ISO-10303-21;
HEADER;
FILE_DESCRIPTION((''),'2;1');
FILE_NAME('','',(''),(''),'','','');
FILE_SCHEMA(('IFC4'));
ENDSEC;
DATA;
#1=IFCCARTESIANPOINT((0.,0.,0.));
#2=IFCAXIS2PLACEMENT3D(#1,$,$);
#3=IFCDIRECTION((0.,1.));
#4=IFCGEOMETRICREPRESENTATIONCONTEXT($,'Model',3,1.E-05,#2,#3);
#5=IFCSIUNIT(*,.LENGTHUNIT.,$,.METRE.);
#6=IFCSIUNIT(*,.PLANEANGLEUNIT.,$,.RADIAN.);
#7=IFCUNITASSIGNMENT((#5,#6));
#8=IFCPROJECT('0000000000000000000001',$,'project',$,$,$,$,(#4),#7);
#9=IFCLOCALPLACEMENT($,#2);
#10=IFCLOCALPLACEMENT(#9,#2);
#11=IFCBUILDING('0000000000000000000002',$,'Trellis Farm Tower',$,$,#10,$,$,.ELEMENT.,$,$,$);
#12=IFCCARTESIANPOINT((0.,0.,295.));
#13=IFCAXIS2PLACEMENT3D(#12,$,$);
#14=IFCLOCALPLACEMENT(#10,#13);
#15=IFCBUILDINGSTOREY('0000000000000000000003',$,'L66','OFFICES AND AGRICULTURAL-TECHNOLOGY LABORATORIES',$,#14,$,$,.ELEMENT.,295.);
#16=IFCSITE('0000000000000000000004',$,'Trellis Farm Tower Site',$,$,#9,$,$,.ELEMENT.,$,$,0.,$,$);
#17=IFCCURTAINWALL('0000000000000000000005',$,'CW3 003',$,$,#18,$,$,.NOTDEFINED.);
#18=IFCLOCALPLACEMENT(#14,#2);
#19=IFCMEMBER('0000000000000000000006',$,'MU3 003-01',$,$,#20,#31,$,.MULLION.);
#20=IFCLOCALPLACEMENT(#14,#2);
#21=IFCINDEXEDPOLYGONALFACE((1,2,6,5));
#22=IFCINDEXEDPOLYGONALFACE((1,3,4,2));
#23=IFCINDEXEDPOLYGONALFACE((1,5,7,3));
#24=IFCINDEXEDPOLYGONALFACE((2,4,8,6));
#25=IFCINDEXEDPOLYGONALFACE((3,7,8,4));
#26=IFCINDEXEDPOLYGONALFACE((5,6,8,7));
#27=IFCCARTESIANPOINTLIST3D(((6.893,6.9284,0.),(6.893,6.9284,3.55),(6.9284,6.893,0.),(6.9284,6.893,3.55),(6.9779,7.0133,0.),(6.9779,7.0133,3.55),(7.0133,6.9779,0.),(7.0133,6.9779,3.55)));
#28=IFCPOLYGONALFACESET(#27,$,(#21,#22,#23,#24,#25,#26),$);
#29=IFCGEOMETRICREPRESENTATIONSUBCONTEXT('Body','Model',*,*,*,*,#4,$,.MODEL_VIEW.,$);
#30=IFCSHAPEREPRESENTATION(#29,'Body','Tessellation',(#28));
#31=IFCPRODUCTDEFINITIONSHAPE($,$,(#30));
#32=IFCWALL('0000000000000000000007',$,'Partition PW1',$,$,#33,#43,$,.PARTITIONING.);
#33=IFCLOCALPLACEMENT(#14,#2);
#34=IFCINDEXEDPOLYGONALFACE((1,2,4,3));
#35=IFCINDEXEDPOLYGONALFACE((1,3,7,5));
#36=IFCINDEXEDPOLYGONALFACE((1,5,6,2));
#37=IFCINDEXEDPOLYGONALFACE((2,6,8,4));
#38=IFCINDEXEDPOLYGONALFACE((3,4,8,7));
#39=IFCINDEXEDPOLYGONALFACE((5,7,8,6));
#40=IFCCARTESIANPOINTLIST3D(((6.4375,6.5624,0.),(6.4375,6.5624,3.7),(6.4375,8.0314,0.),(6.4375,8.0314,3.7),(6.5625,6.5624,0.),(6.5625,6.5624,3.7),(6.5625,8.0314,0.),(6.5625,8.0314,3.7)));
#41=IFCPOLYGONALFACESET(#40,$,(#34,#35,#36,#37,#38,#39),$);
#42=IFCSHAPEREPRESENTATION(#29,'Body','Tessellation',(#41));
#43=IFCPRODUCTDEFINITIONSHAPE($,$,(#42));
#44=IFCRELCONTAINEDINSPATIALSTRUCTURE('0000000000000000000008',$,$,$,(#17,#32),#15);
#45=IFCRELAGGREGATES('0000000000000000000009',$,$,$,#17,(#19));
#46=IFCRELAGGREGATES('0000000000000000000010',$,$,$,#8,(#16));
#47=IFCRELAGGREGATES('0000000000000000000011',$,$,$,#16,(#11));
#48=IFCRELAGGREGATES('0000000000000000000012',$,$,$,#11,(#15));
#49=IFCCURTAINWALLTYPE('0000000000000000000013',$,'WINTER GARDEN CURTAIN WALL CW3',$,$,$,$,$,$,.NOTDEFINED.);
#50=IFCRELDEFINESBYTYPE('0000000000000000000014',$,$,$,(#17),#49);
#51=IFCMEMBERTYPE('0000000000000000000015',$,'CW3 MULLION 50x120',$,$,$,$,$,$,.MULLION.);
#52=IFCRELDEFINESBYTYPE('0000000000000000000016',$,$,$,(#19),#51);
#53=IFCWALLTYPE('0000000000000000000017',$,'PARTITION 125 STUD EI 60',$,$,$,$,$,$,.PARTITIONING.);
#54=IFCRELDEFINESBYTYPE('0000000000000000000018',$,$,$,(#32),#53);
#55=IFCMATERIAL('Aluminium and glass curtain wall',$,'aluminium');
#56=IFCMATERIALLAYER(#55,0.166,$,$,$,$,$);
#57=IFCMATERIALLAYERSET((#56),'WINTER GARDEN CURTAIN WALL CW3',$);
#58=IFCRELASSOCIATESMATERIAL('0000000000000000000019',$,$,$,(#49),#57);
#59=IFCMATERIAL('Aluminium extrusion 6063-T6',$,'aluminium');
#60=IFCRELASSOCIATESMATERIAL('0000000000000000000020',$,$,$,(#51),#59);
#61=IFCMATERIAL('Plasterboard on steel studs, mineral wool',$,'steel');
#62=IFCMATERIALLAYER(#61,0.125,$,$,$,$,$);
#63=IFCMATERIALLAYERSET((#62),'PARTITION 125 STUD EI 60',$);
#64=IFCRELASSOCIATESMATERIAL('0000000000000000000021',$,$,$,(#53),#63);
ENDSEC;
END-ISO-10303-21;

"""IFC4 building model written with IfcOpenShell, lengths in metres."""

from ifc_helpers import new_model, si_unit, direction, frame, frame_2d, origin, origin_2d, place, context, subcontext, project, spatial, rectangle, extrude, source, transform, mapped, material, layer, layer_set, material_profile, profile_set, type_object, element, aggregate, save


model = new_model("IFC4")

# Units and contexts
model_context = context("Model", 3, precision=1e-05, world=origin(), true_north=direction((0.0, 1.0)))
body_context = subcontext(model_context, "Body", "Model", "MODEL_VIEW")
ifc_project = project(units=[si_unit("LENGTHUNIT", "METRE"), si_unit("PLANEANGLEUNIT", "RADIAN")], contexts=[model_context])

# Site, building, storey
site_placement = place(None, origin())
site = spatial("IfcSite", under=ifc_project, at=site_placement, Name="Trellis Farm Tower Site", CompositionType="ELEMENT", RefElevation=0.0)
building_placement = place(site_placement, origin())
building = spatial("IfcBuilding", under=site, at=building_placement, Name="Trellis Farm Tower", CompositionType="ELEMENT")
storey_placement = place(building_placement, frame((0.0, 0.0, 295.0)))
storey = spatial("IfcBuildingStorey", under=building, at=storey_placement, Name="L66", Description="OFFICES AND AGRICULTURAL-TECHNOLOGY LABORATORIES", CompositionType="ELEMENT", Elevation=295.0)

# Shared definitions
ifc_material_1 = material(Name="Aluminium and glass curtain wall", Category="aluminium")
placement = place(storey_placement, origin())
ifc_material_2 = material(Name="Aluminium extrusion 6063-T6", Category="aluminium")

# Curtain wall, member
ifc_layer_1 = layer(ifc_material_1, 0.166)
ifc_layer_set_1 = layer_set([ifc_layer_1], Name="WINTER GARDEN CURTAIN WALL CW3")
curtain_wall_type_1 = type_object("IfcCurtainWallType", Name="WINTER GARDEN CURTAIN WALL CW3", PredefinedType="NOTDEFINED", material=ifc_layer_set_1)
curtain_wall_1 = element("IfcCurtainWall", 1, at=placement, inside=storey, type_object=curtain_wall_type_1, Name="CW3 003", PredefinedType="NOTDEFINED")
ifc_material_profile_1 = material_profile(ifc_material_2, rectangle(XDim=0.05, YDim=0.1201, at=origin_2d()), Name="MULLION 50x120")
ifc_profile_set_1 = profile_set([ifc_material_profile_1], Name="Aluminium extrusion 6063-T6")
member_type_1 = type_object("IfcMemberType", Name="CW3 MULLION 50x120", PredefinedType="MULLION", material=ifc_profile_set_1)
shared_shape_1 = source(origin(), body_context, "Body", "SweptSolid", [
    extrude(rectangle(XDim=0.05, YDim=0.1201, at=origin_2d()), origin(), (0.0, 0.0, 1.0), 3.55),
])
member_1_placement = place(storey_placement, frame((6.9531, 6.9531, 0.0), z_axis=(0.0, 0.0, 1.0), x_axis=(-0.707107, 0.707107, 0.0)))
member_1 = element("IfcMember", 2, at=member_1_placement, type_object=member_type_1, Name="MU3 003-01", PredefinedType="MULLION", context=body_context, shape_type="MappedRepresentation", body=[
    mapped(shared_shape_1, transform((0.0, 0.0, 0.0))),
])
aggregate(curtain_wall_1, [member_1])

# Wall
ifc_material_3 = material(Name="Plasterboard on steel studs, mineral wool", Category="steel")
ifc_layer_2 = layer(ifc_material_3, 0.125)
ifc_layer_set_2 = layer_set([ifc_layer_2], Name="PARTITION 125 STUD EI 60")
wall_type_1 = type_object("IfcWallType", Name="PARTITION 125 STUD EI 60", PredefinedType="PARTITIONING", material=ifc_layer_set_2)
shared_shape_2 = source(origin(), body_context, "Body", "SweptSolid", [
    extrude(rectangle(XDim=1.469, YDim=0.125, at=frame_2d((0.7344, 0.0))), origin(), (0.0, 0.0, 1.0), 3.7),
])
wall_1_placement = place(storey_placement, frame((6.5, 6.5625, 0.0), z_axis=(0.0, 0.0, 1.0), x_axis=(0.0, 1.0, 0.0)))
element("IfcWall", 3, at=wall_1_placement, inside=storey, type_object=wall_type_1, Name="Partition PW1", PredefinedType="PARTITIONING", context=body_context, shape_type="MappedRepresentation", body=[
    mapped(shared_shape_2, transform((0.0, 0.0, 0.0))),
])

save(model, "model.ifc")
